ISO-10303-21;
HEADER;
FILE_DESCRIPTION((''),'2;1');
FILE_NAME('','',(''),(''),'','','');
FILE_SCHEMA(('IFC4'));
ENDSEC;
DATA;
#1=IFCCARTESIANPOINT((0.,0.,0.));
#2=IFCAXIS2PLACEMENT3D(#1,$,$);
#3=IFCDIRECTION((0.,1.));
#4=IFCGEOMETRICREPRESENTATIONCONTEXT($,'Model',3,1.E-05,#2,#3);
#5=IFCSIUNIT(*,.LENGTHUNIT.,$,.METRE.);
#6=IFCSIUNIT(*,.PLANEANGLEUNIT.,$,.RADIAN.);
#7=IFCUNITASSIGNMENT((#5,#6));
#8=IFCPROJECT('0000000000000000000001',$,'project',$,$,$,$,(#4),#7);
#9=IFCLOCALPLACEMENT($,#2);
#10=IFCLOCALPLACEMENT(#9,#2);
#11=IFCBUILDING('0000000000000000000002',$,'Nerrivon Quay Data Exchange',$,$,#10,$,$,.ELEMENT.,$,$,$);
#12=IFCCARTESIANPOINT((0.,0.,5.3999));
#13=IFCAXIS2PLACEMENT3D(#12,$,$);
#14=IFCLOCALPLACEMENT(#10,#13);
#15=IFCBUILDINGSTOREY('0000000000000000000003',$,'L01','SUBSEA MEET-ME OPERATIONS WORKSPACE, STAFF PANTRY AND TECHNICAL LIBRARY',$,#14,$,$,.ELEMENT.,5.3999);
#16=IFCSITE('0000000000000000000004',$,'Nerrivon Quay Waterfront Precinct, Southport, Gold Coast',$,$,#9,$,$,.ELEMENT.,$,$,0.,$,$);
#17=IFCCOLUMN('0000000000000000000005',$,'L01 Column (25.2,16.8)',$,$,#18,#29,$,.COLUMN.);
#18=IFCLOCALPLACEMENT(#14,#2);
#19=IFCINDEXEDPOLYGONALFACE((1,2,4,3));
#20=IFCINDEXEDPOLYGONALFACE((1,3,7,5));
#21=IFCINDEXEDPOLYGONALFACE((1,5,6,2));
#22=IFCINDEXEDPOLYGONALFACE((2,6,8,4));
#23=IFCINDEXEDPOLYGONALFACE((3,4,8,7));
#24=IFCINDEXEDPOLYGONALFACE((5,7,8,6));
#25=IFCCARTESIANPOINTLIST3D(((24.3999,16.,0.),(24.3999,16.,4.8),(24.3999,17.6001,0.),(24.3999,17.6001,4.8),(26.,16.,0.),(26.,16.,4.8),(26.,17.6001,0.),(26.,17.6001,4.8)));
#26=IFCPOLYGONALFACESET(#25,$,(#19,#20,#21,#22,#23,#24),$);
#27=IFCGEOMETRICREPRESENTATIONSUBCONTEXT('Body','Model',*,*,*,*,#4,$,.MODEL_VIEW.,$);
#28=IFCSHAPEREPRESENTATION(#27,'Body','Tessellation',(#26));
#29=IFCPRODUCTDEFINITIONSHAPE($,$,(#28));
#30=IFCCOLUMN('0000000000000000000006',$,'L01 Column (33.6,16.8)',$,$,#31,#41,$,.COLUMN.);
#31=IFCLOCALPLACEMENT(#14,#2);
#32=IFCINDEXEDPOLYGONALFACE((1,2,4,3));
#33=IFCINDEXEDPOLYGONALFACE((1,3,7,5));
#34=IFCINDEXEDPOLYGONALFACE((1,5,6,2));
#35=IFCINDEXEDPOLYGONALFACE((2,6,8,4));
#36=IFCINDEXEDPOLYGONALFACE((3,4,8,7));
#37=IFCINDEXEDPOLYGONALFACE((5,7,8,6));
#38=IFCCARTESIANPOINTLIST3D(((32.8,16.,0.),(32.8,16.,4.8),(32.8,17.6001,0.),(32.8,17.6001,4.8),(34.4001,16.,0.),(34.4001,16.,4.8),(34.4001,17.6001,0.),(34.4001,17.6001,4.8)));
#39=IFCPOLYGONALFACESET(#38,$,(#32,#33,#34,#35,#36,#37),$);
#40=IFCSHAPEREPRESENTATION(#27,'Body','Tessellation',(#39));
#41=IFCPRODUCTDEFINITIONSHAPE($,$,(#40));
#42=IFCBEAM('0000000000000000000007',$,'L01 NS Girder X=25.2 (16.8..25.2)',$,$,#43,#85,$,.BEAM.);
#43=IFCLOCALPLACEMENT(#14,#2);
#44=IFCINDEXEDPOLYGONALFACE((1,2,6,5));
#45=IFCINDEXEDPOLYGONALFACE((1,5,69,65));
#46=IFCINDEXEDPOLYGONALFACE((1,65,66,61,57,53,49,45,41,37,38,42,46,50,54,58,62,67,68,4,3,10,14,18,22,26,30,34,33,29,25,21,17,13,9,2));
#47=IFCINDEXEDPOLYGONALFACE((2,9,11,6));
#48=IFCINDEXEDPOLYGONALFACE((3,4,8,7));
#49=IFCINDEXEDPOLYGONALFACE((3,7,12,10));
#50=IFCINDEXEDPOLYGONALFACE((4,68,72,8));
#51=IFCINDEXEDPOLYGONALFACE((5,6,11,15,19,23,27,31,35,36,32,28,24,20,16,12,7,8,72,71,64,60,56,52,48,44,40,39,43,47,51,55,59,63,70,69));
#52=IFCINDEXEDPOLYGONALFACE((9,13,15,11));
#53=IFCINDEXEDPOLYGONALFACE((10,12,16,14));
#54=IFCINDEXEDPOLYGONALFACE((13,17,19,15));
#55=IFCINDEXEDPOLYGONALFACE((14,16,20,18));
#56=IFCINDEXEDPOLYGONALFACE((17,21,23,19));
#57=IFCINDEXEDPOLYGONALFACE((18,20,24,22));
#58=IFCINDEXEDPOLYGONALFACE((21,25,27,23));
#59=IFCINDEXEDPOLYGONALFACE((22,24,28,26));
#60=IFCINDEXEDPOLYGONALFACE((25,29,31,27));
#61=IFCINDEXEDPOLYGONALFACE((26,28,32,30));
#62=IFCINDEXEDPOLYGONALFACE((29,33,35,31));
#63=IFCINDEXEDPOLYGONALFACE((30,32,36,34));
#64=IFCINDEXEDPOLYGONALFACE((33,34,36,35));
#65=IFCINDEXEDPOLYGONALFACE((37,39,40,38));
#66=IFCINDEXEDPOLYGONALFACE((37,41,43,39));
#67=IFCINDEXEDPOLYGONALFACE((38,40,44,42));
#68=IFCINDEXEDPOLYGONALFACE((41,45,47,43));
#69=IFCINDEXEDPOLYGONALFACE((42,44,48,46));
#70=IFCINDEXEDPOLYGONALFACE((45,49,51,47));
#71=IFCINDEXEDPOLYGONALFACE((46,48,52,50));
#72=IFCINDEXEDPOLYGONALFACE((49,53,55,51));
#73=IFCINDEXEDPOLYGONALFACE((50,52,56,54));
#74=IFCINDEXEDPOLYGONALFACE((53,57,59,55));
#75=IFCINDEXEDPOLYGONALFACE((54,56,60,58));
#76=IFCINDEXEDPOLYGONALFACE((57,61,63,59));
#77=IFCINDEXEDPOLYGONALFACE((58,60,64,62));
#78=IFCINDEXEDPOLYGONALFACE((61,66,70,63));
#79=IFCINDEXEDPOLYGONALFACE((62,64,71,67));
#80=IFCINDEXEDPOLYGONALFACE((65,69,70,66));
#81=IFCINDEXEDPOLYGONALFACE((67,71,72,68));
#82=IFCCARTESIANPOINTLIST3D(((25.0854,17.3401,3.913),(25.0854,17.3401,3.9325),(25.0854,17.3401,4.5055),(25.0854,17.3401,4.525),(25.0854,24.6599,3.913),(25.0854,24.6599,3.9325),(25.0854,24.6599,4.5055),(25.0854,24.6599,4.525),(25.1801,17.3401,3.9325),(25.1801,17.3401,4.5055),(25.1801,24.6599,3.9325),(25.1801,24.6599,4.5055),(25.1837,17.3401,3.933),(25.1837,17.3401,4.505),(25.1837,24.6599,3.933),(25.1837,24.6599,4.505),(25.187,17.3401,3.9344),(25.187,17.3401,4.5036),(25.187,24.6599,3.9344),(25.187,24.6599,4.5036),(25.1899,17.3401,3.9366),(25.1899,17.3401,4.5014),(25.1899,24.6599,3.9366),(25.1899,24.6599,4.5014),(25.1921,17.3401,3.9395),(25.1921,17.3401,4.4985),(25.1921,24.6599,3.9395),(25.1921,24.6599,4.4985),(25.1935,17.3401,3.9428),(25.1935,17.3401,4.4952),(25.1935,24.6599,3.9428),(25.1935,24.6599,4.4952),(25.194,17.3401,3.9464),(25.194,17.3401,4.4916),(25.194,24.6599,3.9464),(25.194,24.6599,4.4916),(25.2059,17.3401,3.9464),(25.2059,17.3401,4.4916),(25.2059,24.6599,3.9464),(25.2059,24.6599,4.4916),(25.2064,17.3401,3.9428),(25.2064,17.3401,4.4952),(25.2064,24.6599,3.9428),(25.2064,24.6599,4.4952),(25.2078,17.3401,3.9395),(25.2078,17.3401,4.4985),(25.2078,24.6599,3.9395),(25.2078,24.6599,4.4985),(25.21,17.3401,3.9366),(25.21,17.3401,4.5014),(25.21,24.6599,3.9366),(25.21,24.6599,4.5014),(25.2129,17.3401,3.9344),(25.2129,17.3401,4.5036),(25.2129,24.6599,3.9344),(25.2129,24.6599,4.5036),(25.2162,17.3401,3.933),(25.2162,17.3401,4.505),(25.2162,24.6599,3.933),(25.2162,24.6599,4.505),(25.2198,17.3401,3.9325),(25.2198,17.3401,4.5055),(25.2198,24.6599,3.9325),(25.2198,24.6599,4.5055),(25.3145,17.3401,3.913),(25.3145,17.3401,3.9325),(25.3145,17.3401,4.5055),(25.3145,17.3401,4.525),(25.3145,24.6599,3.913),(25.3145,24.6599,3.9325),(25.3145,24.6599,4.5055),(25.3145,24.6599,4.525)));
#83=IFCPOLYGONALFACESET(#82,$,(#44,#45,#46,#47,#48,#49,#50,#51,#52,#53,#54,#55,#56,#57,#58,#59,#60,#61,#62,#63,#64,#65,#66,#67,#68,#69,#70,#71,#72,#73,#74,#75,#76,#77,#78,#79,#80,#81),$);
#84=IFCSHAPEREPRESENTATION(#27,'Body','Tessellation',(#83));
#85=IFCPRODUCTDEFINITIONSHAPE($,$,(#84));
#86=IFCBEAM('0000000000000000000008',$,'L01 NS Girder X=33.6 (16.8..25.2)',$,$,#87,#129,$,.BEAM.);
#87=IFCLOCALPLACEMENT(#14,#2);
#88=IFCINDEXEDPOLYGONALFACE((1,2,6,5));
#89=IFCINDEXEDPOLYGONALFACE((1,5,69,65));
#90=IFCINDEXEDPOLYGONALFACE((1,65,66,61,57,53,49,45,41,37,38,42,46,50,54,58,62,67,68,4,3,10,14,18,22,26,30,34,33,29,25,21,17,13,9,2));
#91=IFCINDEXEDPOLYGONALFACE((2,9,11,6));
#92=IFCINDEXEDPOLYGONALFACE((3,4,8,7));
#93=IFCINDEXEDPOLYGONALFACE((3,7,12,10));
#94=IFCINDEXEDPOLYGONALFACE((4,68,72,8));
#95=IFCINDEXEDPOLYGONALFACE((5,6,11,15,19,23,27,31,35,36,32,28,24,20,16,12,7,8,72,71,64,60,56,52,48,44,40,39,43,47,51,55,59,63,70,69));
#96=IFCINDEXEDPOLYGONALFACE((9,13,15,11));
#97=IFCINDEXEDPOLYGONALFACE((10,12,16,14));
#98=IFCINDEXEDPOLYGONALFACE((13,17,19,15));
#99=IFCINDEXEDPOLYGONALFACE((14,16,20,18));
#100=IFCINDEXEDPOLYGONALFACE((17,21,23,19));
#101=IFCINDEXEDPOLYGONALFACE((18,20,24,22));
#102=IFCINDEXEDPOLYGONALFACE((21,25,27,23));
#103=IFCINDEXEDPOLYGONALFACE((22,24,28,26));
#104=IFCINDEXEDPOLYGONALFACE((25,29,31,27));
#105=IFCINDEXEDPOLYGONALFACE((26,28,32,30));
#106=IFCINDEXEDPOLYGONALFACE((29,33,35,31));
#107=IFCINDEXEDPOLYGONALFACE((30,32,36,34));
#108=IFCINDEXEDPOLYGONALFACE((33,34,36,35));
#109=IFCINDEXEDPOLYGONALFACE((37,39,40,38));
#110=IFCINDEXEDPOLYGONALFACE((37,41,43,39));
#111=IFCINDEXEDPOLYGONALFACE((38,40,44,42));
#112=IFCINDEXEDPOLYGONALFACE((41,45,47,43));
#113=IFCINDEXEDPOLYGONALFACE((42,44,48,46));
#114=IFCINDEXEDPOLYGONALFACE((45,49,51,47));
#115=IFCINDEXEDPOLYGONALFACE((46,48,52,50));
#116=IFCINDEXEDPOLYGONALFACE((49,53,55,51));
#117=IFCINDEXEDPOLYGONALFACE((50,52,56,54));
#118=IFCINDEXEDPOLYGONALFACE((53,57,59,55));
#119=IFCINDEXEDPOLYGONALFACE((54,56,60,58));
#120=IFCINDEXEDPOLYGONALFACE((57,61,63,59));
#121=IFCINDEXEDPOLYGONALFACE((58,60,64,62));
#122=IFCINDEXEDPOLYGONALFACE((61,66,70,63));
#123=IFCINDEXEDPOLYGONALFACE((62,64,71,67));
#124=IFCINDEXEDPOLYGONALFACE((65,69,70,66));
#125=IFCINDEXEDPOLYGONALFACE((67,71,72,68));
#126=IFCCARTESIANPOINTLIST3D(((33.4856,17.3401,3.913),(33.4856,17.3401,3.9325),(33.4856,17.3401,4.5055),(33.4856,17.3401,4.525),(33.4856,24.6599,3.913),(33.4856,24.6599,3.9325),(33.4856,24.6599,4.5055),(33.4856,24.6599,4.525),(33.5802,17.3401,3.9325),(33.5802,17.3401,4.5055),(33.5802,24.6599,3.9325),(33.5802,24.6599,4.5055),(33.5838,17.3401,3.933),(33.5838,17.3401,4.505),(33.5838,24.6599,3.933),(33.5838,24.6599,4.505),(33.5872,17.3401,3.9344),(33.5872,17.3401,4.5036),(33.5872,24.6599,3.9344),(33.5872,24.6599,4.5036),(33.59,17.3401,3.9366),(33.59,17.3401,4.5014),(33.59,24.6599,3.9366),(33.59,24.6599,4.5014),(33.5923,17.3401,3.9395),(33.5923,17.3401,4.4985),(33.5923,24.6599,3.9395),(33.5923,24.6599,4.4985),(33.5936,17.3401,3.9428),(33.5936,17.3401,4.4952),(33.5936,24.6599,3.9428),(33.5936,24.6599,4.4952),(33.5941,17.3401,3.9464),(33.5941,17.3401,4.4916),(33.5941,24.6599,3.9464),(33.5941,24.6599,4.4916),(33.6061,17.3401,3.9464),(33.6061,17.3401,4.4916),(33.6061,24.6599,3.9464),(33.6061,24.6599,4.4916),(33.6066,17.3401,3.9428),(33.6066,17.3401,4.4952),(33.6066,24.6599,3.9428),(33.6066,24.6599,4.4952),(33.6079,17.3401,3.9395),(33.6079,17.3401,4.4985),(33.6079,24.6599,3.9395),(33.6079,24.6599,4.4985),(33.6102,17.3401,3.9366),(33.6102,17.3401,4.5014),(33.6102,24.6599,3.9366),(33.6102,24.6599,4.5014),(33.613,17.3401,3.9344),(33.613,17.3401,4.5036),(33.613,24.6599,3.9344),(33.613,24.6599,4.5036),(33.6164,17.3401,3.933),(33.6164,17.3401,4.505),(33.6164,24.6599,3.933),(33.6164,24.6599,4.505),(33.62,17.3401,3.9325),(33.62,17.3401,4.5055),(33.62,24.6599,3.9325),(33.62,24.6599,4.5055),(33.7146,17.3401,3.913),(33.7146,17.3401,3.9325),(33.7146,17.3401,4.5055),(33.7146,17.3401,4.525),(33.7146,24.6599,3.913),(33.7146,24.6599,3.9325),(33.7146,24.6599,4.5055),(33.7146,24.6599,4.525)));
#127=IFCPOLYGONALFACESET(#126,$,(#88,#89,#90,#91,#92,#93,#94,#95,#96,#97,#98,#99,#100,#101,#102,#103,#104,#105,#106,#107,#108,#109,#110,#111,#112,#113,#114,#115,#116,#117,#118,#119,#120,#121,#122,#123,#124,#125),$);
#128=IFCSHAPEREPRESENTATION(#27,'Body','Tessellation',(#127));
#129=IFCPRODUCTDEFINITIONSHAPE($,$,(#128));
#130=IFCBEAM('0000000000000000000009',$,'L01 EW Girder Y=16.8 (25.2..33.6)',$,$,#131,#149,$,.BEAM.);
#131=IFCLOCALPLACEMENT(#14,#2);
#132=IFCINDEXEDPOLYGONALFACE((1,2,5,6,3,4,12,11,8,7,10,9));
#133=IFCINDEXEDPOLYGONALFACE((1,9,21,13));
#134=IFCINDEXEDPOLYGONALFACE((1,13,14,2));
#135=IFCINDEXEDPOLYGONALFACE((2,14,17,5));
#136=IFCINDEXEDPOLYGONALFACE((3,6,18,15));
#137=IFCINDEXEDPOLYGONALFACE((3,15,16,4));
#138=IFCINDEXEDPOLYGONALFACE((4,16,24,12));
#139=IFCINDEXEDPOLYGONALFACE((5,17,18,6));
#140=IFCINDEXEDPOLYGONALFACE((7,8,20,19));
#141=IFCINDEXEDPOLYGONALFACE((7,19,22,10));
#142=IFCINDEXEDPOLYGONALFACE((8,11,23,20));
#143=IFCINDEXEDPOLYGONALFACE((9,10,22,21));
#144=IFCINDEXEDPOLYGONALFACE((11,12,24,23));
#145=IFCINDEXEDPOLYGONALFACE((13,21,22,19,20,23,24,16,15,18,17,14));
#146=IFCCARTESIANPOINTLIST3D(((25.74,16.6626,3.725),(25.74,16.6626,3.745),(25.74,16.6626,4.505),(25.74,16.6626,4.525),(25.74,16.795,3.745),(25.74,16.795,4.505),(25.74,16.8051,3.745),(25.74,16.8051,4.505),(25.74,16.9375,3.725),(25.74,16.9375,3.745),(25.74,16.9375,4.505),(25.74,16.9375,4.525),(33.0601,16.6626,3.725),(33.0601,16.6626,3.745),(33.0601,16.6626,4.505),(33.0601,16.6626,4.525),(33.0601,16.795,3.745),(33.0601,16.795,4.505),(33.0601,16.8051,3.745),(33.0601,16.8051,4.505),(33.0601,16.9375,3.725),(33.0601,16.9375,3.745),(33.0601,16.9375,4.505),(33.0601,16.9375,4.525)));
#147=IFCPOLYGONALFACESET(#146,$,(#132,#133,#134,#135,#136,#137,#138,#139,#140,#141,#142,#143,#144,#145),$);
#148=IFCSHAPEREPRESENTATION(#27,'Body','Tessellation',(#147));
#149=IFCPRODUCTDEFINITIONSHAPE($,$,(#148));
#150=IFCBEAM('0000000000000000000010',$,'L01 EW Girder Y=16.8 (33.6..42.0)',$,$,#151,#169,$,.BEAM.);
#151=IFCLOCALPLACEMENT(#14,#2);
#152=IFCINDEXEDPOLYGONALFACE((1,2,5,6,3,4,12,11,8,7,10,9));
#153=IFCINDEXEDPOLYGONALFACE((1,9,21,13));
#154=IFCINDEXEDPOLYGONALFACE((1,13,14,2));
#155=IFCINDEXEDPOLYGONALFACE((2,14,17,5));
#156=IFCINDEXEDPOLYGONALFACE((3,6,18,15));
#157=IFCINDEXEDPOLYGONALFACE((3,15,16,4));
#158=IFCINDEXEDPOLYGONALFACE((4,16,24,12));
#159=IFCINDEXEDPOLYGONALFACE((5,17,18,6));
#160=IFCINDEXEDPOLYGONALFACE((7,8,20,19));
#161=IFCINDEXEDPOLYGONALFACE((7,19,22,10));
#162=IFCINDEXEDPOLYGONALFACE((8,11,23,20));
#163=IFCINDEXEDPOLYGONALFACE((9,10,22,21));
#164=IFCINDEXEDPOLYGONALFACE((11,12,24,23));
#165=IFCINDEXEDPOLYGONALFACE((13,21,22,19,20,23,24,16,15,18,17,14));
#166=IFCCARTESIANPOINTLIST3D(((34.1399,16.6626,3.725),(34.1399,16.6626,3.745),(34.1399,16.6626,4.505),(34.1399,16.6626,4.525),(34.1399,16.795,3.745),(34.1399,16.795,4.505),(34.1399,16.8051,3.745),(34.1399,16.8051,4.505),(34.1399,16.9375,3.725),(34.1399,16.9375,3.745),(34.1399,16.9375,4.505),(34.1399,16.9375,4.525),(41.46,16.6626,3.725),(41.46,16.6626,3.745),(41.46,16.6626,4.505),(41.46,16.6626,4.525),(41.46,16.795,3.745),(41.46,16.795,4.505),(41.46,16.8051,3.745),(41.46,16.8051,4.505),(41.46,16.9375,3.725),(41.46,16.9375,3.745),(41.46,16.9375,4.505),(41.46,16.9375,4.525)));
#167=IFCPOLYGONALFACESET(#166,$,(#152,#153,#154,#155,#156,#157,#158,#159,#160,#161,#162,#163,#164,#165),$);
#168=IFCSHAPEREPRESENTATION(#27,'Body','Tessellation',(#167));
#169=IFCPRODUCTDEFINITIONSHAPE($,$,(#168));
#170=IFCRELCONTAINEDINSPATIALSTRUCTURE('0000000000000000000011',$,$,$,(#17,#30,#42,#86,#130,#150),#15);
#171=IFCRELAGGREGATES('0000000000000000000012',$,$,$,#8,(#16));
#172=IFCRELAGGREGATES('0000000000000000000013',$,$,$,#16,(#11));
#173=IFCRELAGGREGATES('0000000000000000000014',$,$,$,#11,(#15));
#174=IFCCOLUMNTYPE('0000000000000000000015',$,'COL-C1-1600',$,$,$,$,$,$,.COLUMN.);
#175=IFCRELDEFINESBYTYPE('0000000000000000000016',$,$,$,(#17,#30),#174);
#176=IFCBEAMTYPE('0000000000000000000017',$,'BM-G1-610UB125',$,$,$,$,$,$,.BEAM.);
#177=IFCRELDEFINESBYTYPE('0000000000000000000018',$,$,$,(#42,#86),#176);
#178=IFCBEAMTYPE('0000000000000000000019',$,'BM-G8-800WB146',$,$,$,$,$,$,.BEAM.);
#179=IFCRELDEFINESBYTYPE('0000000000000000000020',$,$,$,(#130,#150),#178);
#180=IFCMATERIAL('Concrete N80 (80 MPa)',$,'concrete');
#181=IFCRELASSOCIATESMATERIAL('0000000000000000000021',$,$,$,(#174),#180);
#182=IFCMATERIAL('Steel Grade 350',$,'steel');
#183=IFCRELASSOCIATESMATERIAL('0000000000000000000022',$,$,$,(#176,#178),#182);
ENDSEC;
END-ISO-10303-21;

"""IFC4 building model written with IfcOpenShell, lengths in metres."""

from ifc_helpers import new_model, si_unit, direction, frame, origin, origin_2d, place, context, subcontext, project, spatial, rectangle, i_section, extrude, material, material_profile, profile_set, type_object, element, save


model = new_model("IFC4")

# Units and contexts
model_context = context("Model", 3, precision=1e-05, world=origin(), true_north=direction((0.0, 1.0)))
body_context = subcontext(model_context, "Body", "Model", "MODEL_VIEW")
ifc_project = project(units=[si_unit("LENGTHUNIT", "METRE"), si_unit("PLANEANGLEUNIT", "RADIAN")], contexts=[model_context])

# Site, building, storey
site_placement = place(None, origin())
site = spatial("IfcSite", under=ifc_project, at=site_placement, Name="Nerrivon Quay Waterfront Precinct, Southport, Gold Coast", CompositionType="ELEMENT", RefElevation=0.0)
building_placement = place(site_placement, origin())
building = spatial("IfcBuilding", under=site, at=building_placement, Name="Nerrivon Quay Data Exchange", CompositionType="ELEMENT")
storey_placement = place(building_placement, frame((0.0, 0.0, 5.3999)))
storey = spatial("IfcBuildingStorey", under=building, at=storey_placement, Name="L01", Description="SUBSEA MEET-ME OPERATIONS WORKSPACE, STAFF PANTRY AND TECHNICAL LIBRARY", CompositionType="ELEMENT", Elevation=5.3999)

# Columns
ifc_material_1 = material(Name="Concrete N80 (80 MPa)", Category="concrete")
ifc_material_profile_1 = material_profile(ifc_material_1, rectangle(XDim=1.6001, YDim=1.6001, at=origin_2d()), Name="RC-COL-1600x1600")
ifc_profile_set_1 = profile_set([ifc_material_profile_1], Name="Concrete N80 (80 MPa)")
column_type = type_object("IfcColumnType", Name="COL-C1-1600", PredefinedType="COLUMN", material=ifc_profile_set_1)
for number, where, z_axis, x_axis, name in (
    (1, (25.2, 16.8, 0.0), (0.0, 0.0, 1.0), (1.0, 0.0, 0.0), "L01 Column (25.2,16.8)"),
    (2, (33.6001, 16.8, 0.0), (0.0, 0.0, 1.0), (1.0, 0.0, 0.0), "L01 Column (33.6,16.8)"),
):
    element("IfcColumn", number, at=place(storey_placement, frame(where, z_axis=z_axis, x_axis=x_axis)), inside=storey, type_object=column_type, Name=name, PredefinedType="COLUMN", context=body_context, shape_type="SweptSolid", body=[
        extrude(rectangle(XDim=1.6001, YDim=1.6001, at=origin_2d()), origin(), (0.0, 0.0, 1.0), 4.8),
    ])

# Beams
ifc_material_2 = material(Name="Steel Grade 350", Category="steel")
ifc_material_profile_2 = material_profile(ifc_material_2, i_section(OverallWidth=0.229, OverallDepth=0.6121, WebThickness=0.012, FlangeThickness=0.0195, FilletRadius=0.0139, at=origin_2d()), Name="610UB125")
ifc_profile_set_2 = profile_set([ifc_material_profile_2], Name="Steel Grade 350")
beam_type_1 = type_object("IfcBeamType", Name="BM-G1-610UB125", PredefinedType="BEAM", material=ifc_profile_set_2)
for number, where, z_axis, x_axis, name in (
    (3, (25.2, 17.3401, 4.219), (0.0, 1.0, 0.0), (-1.0, 0.0, 0.0), "L01 NS Girder X=25.2 (16.8..25.2)"),
    (4, (33.6001, 17.3401, 4.219), (0.0, 1.0, 0.0), (-1.0, 0.0, 0.0), "L01 NS Girder X=33.6 (16.8..25.2)"),
):
    element("IfcBeam", number, at=place(storey_placement, frame(where, z_axis=z_axis, x_axis=x_axis)), inside=storey, type_object=beam_type_1, Name=name, PredefinedType="BEAM", context=body_context, shape_type="SweptSolid", body=[
        extrude(i_section(OverallWidth=0.229, OverallDepth=0.6121, WebThickness=0.012, FlangeThickness=0.0195, FilletRadius=0.0139, at=origin_2d()), origin(), (0.0, 0.0, 1.0), 7.3198),
    ])
ifc_material_profile_3 = material_profile(ifc_material_2, i_section(OverallWidth=0.2749, OverallDepth=0.8, WebThickness=0.01, FlangeThickness=0.02, at=origin_2d()), Name="800WB146")
ifc_profile_set_3 = profile_set([ifc_material_profile_3], Name="Steel Grade 350")
beam_type_2 = type_object("IfcBeamType", Name="BM-G8-800WB146", PredefinedType="BEAM", material=ifc_profile_set_3)
for number, where, z_axis, x_axis, name in (
    (5, (25.74, 16.8, 4.125), (1.0, 0.0, 0.0), (0.0, 1.0, 0.0), "L01 EW Girder Y=16.8 (25.2..33.6)"),
    (6, (34.1399, 16.8, 4.125), (1.0, 0.0, 0.0), (0.0, 1.0, 0.0), "L01 EW Girder Y=16.8 (33.6..42.0)"),
):
    element("IfcBeam", number, at=place(storey_placement, frame(where, z_axis=z_axis, x_axis=x_axis)), inside=storey, type_object=beam_type_2, Name=name, PredefinedType="BEAM", context=body_context, shape_type="SweptSolid", body=[
        extrude(i_section(OverallWidth=0.2749, OverallDepth=0.8, WebThickness=0.01, FlangeThickness=0.02, at=origin_2d()), origin(), (0.0, 0.0, 1.0), 7.3201),
    ])

save(model, "model.ifc")
